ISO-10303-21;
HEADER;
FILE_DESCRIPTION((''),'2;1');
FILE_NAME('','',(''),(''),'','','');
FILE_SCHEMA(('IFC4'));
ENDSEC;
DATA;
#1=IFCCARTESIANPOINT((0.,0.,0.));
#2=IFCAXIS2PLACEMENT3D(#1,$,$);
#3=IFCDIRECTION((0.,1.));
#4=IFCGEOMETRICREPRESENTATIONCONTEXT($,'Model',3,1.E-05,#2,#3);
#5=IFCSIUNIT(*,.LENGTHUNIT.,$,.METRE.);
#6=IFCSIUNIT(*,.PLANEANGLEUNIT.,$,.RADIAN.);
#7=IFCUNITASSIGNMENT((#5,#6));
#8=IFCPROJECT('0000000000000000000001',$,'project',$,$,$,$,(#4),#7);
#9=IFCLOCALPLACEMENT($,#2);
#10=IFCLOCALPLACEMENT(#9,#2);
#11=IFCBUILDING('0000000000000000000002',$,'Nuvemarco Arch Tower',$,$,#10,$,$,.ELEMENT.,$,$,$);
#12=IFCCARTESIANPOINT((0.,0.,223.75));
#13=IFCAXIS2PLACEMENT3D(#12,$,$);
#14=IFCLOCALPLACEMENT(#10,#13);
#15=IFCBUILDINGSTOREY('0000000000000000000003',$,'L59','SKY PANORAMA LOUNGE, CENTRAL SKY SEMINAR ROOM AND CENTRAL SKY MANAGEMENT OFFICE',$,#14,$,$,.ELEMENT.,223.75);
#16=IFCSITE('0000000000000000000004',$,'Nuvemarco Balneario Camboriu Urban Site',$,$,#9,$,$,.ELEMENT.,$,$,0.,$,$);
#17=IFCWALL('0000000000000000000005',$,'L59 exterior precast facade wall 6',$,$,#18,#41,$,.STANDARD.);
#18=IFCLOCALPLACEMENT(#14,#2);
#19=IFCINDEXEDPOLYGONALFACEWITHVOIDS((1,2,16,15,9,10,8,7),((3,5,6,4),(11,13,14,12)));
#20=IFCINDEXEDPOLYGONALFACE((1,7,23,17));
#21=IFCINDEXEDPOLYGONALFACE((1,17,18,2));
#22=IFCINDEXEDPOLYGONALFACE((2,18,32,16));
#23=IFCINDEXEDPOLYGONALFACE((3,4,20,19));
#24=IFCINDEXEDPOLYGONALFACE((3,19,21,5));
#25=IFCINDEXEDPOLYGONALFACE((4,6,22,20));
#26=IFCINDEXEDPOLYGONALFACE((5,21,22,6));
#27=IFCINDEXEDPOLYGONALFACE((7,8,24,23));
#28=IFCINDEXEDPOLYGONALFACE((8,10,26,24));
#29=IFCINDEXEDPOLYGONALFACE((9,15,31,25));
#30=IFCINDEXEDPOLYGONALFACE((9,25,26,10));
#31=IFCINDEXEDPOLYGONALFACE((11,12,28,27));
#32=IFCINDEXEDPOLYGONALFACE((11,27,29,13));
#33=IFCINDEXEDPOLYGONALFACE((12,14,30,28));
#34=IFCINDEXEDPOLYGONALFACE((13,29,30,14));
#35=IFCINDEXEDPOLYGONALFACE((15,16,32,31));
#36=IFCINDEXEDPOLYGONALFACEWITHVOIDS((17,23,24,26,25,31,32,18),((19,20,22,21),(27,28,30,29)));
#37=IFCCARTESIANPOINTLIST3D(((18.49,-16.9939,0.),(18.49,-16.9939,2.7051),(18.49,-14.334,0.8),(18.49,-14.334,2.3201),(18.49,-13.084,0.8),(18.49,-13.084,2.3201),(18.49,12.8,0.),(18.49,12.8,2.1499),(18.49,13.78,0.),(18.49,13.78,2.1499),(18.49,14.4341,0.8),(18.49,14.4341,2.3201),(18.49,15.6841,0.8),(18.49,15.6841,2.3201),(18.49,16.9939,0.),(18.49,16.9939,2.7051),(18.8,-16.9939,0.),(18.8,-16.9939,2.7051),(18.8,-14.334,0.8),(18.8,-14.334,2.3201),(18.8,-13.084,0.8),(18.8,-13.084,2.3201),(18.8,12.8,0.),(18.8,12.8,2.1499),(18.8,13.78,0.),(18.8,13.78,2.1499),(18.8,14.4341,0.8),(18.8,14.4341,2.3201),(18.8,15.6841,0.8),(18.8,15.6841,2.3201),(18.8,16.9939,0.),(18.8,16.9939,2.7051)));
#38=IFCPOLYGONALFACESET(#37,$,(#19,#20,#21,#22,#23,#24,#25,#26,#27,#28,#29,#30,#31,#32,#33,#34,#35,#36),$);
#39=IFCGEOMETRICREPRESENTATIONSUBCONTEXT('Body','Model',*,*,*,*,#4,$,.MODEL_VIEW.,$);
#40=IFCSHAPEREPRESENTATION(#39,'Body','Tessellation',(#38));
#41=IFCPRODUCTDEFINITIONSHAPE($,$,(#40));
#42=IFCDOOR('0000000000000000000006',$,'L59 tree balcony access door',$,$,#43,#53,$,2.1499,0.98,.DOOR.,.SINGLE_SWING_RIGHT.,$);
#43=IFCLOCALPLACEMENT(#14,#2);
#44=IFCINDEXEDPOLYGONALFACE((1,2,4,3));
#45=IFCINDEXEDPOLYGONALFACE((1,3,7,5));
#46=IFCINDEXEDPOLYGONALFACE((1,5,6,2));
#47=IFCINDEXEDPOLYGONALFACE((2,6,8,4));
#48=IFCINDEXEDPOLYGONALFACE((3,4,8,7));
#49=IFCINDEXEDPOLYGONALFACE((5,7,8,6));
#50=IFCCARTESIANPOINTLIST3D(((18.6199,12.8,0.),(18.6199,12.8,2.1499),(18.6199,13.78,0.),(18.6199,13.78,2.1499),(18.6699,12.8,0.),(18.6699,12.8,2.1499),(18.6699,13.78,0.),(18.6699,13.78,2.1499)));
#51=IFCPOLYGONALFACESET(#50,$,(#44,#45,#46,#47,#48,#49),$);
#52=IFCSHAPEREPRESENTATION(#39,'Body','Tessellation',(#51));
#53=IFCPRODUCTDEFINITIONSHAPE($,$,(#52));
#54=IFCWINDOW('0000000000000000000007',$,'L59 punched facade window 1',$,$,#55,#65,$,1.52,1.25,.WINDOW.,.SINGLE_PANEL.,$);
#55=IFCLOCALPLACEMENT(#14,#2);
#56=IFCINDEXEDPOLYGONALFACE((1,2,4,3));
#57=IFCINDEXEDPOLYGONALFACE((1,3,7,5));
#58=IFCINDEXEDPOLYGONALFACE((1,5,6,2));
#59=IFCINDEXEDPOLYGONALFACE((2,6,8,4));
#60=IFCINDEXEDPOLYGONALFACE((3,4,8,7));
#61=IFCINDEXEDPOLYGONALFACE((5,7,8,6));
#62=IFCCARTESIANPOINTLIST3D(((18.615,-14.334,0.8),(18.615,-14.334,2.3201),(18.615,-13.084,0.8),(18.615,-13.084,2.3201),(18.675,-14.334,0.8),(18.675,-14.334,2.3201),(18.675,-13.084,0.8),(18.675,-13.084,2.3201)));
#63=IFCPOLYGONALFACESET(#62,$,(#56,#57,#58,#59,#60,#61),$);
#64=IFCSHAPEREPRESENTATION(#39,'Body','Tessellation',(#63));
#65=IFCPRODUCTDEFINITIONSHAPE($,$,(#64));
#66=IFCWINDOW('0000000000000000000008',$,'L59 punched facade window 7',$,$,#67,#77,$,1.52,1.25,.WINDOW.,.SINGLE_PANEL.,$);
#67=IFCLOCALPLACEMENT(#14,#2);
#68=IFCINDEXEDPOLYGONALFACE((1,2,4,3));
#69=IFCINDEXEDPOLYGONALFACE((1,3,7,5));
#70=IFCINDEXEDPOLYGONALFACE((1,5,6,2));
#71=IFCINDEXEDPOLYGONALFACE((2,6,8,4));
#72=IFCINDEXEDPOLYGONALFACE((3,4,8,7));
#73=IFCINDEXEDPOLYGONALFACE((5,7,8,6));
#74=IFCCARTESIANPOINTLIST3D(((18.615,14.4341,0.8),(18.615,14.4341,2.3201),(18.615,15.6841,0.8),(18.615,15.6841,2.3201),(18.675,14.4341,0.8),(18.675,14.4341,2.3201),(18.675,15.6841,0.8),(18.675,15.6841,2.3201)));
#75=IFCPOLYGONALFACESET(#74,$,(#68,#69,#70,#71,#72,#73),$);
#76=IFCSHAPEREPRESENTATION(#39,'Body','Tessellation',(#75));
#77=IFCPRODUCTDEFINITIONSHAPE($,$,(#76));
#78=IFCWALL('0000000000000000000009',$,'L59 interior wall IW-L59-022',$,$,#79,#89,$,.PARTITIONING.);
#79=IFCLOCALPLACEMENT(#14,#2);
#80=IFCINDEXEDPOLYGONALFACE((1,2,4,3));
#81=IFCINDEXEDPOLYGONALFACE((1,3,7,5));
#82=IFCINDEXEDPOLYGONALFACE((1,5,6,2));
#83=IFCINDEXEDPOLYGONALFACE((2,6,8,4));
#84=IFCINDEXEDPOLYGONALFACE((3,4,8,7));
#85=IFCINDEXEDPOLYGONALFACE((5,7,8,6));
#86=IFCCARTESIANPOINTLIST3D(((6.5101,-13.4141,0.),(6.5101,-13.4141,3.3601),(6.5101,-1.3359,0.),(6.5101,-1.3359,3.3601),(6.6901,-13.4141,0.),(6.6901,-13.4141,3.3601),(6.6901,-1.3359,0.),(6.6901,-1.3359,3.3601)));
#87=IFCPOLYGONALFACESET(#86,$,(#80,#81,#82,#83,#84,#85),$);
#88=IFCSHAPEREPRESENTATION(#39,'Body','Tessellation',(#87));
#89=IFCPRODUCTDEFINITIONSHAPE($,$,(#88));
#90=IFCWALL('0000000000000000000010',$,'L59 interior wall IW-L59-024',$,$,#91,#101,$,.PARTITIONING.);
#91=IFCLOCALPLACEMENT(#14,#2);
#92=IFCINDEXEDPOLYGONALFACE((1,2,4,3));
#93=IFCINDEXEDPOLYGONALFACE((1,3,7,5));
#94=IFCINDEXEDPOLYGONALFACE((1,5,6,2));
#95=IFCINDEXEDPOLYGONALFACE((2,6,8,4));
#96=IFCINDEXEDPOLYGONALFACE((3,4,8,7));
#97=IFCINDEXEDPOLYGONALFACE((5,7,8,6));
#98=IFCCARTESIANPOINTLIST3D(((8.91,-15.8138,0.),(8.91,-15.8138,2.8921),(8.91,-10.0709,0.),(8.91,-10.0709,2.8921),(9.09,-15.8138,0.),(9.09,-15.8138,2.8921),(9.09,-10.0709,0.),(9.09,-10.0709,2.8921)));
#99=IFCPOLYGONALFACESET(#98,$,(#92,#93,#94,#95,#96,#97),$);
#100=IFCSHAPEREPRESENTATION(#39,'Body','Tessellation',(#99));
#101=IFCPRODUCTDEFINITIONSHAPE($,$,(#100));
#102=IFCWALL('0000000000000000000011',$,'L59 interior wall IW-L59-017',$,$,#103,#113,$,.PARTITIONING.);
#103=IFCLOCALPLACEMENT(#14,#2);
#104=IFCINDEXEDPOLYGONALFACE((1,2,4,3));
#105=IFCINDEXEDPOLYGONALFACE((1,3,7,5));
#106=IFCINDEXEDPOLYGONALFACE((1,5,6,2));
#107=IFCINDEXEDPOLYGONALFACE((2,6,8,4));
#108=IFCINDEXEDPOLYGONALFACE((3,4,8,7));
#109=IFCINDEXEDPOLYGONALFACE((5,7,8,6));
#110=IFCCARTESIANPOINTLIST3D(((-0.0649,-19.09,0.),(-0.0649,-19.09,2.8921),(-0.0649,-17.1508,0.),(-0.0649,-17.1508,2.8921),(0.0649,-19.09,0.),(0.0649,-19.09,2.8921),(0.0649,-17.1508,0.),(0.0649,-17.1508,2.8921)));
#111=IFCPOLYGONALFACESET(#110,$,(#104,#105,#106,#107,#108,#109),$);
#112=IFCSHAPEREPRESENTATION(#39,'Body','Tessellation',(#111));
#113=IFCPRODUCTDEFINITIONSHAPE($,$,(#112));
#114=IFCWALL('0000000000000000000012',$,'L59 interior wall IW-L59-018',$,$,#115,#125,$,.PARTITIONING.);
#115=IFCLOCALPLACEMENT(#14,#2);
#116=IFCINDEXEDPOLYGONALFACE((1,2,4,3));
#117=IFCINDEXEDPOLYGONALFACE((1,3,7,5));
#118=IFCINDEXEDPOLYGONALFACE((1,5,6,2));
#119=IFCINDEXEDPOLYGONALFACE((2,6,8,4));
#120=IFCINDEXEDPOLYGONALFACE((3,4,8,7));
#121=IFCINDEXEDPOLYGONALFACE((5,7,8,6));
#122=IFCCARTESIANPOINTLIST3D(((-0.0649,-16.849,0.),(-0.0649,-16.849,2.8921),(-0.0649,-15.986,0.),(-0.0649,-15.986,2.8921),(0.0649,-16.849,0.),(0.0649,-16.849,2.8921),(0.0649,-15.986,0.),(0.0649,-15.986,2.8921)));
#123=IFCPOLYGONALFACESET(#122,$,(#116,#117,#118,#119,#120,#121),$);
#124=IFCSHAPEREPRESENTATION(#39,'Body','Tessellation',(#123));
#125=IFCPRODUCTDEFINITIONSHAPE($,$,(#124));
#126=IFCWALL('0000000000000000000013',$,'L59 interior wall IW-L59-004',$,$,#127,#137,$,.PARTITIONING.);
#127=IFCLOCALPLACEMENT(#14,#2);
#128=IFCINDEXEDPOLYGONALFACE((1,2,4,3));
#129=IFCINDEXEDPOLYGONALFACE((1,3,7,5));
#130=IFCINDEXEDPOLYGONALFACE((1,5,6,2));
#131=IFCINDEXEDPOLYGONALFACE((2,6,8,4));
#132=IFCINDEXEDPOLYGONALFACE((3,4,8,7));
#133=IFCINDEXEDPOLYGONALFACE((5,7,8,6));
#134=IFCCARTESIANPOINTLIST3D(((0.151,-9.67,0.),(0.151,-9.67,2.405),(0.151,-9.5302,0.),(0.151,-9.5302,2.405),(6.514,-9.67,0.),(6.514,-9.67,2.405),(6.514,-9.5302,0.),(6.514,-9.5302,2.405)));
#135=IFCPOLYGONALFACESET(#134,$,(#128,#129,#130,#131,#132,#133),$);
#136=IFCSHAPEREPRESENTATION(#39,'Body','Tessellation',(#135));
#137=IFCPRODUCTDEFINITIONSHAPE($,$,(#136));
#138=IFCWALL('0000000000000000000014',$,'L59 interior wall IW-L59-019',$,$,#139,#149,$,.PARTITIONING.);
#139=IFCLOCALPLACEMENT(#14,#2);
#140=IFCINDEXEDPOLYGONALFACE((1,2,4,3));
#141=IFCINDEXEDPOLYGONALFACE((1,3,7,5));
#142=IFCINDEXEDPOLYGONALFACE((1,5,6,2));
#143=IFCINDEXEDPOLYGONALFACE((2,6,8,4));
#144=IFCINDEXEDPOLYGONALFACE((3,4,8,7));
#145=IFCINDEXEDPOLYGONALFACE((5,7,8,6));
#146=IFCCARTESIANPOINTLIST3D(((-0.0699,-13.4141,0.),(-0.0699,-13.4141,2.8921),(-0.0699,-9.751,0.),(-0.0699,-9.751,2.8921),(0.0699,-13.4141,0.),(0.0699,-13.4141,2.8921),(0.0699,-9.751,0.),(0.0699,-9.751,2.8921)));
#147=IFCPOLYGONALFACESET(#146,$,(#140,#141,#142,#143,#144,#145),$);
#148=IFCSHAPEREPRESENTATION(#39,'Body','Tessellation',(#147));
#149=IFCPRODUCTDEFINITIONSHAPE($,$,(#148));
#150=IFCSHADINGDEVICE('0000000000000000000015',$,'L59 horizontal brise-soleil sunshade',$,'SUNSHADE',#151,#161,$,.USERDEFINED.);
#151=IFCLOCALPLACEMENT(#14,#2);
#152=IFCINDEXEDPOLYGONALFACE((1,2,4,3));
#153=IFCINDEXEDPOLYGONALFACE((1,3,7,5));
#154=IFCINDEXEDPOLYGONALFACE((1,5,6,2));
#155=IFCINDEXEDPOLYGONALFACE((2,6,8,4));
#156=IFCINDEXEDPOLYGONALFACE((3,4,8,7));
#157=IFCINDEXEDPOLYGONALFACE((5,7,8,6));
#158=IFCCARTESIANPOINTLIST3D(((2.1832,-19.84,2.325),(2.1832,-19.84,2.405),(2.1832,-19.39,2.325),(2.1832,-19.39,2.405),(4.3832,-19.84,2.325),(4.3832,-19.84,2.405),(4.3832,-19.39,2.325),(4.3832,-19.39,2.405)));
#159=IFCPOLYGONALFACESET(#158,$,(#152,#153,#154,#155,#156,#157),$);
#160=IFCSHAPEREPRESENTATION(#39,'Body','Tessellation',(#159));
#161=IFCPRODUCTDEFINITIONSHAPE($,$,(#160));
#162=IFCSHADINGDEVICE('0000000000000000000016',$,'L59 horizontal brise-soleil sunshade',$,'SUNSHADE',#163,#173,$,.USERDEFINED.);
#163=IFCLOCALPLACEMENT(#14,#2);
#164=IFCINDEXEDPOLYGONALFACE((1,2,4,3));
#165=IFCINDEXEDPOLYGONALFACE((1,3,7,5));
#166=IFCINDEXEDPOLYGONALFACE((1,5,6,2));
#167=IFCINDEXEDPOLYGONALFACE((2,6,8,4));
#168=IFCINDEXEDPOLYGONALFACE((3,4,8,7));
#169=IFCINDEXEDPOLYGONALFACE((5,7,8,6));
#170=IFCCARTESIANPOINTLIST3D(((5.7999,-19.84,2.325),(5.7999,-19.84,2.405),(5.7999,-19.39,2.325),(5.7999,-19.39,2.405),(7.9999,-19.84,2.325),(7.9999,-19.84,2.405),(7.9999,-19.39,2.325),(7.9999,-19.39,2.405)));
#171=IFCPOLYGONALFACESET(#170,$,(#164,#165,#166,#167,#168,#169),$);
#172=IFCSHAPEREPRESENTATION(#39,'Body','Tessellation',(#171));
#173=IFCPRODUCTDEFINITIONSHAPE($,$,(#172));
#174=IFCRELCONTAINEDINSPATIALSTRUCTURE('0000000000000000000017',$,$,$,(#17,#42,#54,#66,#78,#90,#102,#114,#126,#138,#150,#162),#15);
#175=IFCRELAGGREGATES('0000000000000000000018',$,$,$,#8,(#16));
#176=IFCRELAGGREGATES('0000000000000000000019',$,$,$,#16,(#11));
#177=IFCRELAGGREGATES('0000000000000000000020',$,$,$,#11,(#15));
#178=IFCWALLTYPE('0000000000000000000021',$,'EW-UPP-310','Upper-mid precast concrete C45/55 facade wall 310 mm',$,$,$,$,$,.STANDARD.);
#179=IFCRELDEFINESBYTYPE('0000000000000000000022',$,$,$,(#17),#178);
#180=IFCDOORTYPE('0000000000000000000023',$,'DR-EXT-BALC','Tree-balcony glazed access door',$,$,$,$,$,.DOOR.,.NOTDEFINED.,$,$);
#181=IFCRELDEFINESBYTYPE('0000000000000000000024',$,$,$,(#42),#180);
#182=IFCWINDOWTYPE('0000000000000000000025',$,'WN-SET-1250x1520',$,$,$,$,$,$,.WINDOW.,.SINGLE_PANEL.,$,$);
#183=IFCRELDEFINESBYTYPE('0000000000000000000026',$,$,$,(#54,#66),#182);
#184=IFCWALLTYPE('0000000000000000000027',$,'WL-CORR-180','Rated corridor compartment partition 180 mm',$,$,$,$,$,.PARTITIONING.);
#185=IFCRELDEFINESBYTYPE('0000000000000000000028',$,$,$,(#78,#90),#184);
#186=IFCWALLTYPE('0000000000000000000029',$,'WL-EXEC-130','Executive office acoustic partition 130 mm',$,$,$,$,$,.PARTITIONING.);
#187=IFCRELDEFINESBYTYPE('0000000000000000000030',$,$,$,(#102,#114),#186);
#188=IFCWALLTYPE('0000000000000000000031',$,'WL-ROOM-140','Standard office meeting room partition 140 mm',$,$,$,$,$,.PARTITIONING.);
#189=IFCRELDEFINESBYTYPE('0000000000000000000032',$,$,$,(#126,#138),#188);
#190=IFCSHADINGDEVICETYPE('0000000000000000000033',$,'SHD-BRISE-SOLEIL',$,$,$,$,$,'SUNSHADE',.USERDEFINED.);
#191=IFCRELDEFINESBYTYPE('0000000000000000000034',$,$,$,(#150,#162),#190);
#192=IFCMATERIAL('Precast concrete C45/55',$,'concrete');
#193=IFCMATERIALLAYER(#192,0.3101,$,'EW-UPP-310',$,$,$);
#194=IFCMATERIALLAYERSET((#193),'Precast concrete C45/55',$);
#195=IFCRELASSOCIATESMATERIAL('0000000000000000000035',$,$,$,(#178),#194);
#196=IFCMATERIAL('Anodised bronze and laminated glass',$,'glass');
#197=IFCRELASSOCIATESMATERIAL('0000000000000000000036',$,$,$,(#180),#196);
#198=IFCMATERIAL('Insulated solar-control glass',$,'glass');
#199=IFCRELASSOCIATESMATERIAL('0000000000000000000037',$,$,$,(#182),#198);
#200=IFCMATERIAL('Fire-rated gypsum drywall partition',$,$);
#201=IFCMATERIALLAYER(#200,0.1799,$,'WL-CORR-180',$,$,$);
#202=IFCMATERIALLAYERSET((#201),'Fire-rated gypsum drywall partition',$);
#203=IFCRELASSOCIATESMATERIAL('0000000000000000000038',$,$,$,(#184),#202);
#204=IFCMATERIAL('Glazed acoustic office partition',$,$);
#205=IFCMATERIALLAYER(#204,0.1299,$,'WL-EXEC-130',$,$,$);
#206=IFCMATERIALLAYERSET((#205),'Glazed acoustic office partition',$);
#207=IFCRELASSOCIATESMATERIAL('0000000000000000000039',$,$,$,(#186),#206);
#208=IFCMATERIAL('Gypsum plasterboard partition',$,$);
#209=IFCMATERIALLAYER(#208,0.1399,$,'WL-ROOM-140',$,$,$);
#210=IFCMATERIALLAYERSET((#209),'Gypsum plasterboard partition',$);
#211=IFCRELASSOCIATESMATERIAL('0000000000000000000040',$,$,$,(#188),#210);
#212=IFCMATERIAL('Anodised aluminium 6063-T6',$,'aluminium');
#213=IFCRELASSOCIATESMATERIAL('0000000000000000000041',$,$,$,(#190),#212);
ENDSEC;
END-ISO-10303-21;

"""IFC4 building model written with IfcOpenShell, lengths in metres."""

from ifc_helpers import new_model, si_unit, direction, frame, frame_2d, origin, origin_2d, place, context, subcontext, project, spatial, rectangle, extrude, source, transform, mapped, material, layer, layer_set, type_object, type_shapes, element, fill, save


model = new_model("IFC4")

# Units and contexts
model_context = context("Model", 3, precision=1e-05, world=origin(), true_north=direction((0.0, 1.0)))
body_context = subcontext(model_context, "Body", "Model", "MODEL_VIEW")
ifc_project = project(units=[si_unit("LENGTHUNIT", "METRE"), si_unit("PLANEANGLEUNIT", "RADIAN")], contexts=[model_context])

# Site, building, storey
site_placement = place(None, origin())
site = spatial("IfcSite", under=ifc_project, at=site_placement, Name="Nuvemarco Balneario Camboriu Urban Site", CompositionType="ELEMENT", RefElevation=0.0)
building_placement = place(site_placement, origin())
building = spatial("IfcBuilding", under=site, at=building_placement, Name="Nuvemarco Arch Tower", CompositionType="ELEMENT")
storey_placement = place(building_placement, frame((0.0, 0.0, 223.75)))
storey = spatial("IfcBuildingStorey", under=building, at=storey_placement, Name="L59", Description="SKY PANORAMA LOUNGE, CENTRAL SKY SEMINAR ROOM AND CENTRAL SKY MANAGEMENT OFFICE", CompositionType="ELEMENT", Elevation=223.75)

# Shared definitions
ifc_material_1 = material(Name="Precast concrete C45/55", Category="concrete")

# Shared definitions
ifc_layer_1 = layer(ifc_material_1, 0.3101, Name="EW-UPP-310")
ifc_layer_set_1 = layer_set([ifc_layer_1], Name="Precast concrete C45/55")
wall_type_1 = type_object("IfcWallType", Name="EW-UPP-310", Description="Upper-mid precast concrete C45/55 facade wall 310 mm", PredefinedType="STANDARD", material=ifc_layer_set_1)

# Wall, openings, door, windows
wall_1_placement = place(storey_placement, frame((18.645, -16.9939, 0.0), z_axis=(0.0, 0.0, 1.0), x_axis=(0.0, 1.0, 0.0)))
wall_1 = element("IfcWall", 1, at=wall_1_placement, inside=storey, type_object=wall_type_1, Name="L59 exterior precast facade wall 6", PredefinedType="STANDARD", context=body_context, shape_type="SweptSolid", body=[
    extrude(rectangle(XDim=33.9878, YDim=0.3101, at=frame_2d((16.9939, 0.0))), origin(), (0.0, 0.0, 1.0), 2.7051),
])
opening_1_placement = place(wall_1_placement, frame((30.7739, 0.0, 0.0), z_axis=(0.0, 0.0, 1.0), x_axis=(-1.0, 0.0, 0.0)))
opening_1 = element("IfcOpeningElement", 2, at=opening_1_placement, cuts=wall_1, PredefinedType="OPENING", context=body_context, shape_type="SweptSolid", body=[
    extrude(rectangle(XDim=0.98, YDim=2.1499, at=frame_2d((0.49, 1.075))), frame((0.0, 0.165, 0.0), z_axis=(0.0, -1.0, 0.0), x_axis=(1.0, 0.0, 0.0)), (0.0, 0.0, 1.0), 0.3301),
])
opening_2_placement = place(wall_1_placement, frame((2.6599, 0.0, 0.8)))
opening_2 = element("IfcOpeningElement", 3, at=opening_2_placement, cuts=wall_1, PredefinedType="OPENING", context=body_context, shape_type="SweptSolid", body=[
    extrude(rectangle(XDim=1.25, YDim=1.52, at=frame_2d((0.625, 0.76))), frame((0.0, 0.165, 0.0), z_axis=(0.0, -1.0, 0.0), x_axis=(1.0, 0.0, 0.0)), (0.0, 0.0, 1.0), 0.3301),
])
opening_3_placement = place(wall_1_placement, frame((31.428, 0.0, 0.8)))
opening_3 = element("IfcOpeningElement", 4, at=opening_3_placement, cuts=wall_1, PredefinedType="OPENING", context=body_context, shape_type="SweptSolid", body=[
    extrude(rectangle(XDim=1.25, YDim=1.52, at=frame_2d((0.625, 0.76))), frame((0.0, 0.165, 0.0), z_axis=(0.0, -1.0, 0.0), x_axis=(1.0, 0.0, 0.0)), (0.0, 0.0, 1.0), 0.3301),
])
ifc_material_2 = material(Name="Anodised bronze and laminated glass", Category="glass")
door_type = type_object("IfcDoorType", Name="DR-EXT-BALC", Description="Tree-balcony glazed access door", OperationType="NOTDEFINED", PredefinedType="DOOR", material=ifc_material_2)
shared_shape_1 = source(origin(), body_context, "Body", "SweptSolid", [
    extrude(rectangle(XDim=0.98, YDim=2.1499, at=frame_2d((0.49, 1.075))), frame((0.0, 0.0249, 0.0), z_axis=(0.0, -1.0, 0.0), x_axis=(1.0, 0.0, 0.0)), (0.0, 0.0, 1.0), 0.05),
])
type_shapes(door_type, [shared_shape_1])
door_placement = place(opening_1_placement, origin())
door = element("IfcDoor", 5, at=door_placement, inside=storey, type_object=door_type, Name="L59 tree balcony access door", OperationType="SINGLE_SWING_RIGHT", OverallHeight=2.1499, OverallWidth=0.98, PredefinedType="DOOR", context=body_context, shape_type="MappedRepresentation", body=[
    mapped(shared_shape_1, transform((0.0, 0.0, 0.0), scale=1.0)),
])
fill(opening_1, door)
ifc_material_3 = material(Name="Insulated solar-control glass", Category="glass")
window_type = type_object("IfcWindowType", Name="WN-SET-1250x1520", PartitioningType="SINGLE_PANEL", PredefinedType="WINDOW", material=ifc_material_3)
shared_shape_2 = source(origin(), body_context, "Body", "SweptSolid", [
    extrude(rectangle(XDim=1.25, YDim=1.52, at=frame_2d((0.625, 0.76))), frame((0.0, 0.03, 0.0), z_axis=(0.0, -1.0, 0.0), x_axis=(1.0, 0.0, 0.0)), (0.0, 0.0, 1.0), 0.0601),
])
type_shapes(window_type, [shared_shape_2])
window_1_placement = place(opening_2_placement, origin())
window_1 = element("IfcWindow", 6, at=window_1_placement, inside=storey, type_object=window_type, Name="L59 punched facade window 1", OverallHeight=1.52, OverallWidth=1.25, PartitioningType="SINGLE_PANEL", PredefinedType="WINDOW", context=body_context, shape_type="MappedRepresentation", body=[
    mapped(shared_shape_2, transform((0.0, 0.0, 0.0), scale=1.0)),
])
fill(opening_2, window_1)
window_2_placement = place(opening_3_placement, origin())
window_2 = element("IfcWindow", 7, at=window_2_placement, inside=storey, type_object=window_type, Name="L59 punched facade window 7", OverallHeight=1.52, OverallWidth=1.25, PartitioningType="SINGLE_PANEL", PredefinedType="WINDOW", context=body_context, shape_type="MappedRepresentation", body=[
    mapped(shared_shape_2, transform((0.0, 0.0, 0.0), scale=1.0)),
])
fill(opening_3, window_2)

# Walls
ifc_material_4 = material(Name="Fire-rated gypsum drywall partition")
ifc_layer_2 = layer(ifc_material_4, 0.1799, Name="WL-CORR-180")
ifc_layer_set_2 = layer_set([ifc_layer_2], Name="Fire-rated gypsum drywall partition")
wall_type_2 = type_object("IfcWallType", Name="WL-CORR-180", Description="Rated corridor compartment partition 180 mm", PredefinedType="PARTITIONING", material=ifc_layer_set_2)
wall_2_placement = place(storey_placement, frame((6.6001, -13.4141, 0.0), z_axis=(0.0, 0.0, 1.0), x_axis=(0.0, 1.0, 0.0)))
element("IfcWall", 8, at=wall_2_placement, inside=storey, type_object=wall_type_2, Name="L59 interior wall IW-L59-022", PredefinedType="PARTITIONING", context=body_context, shape_type="SweptSolid", body=[
    extrude(rectangle(XDim=12.0781, YDim=0.1799, at=frame_2d((6.0391, 0.0))), origin(), (0.0, 0.0, 1.0), 3.3601),
])
wall_3_placement = place(storey_placement, frame((9.0, -15.814, 0.0), z_axis=(0.0, 0.0, 1.0), x_axis=(0.0, 1.0, 0.0)))
element("IfcWall", 9, at=wall_3_placement, inside=storey, type_object=wall_type_2, Name="L59 interior wall IW-L59-024", PredefinedType="PARTITIONING", context=body_context, shape_type="SweptSolid", body=[
    extrude(rectangle(XDim=5.7429, YDim=0.1799, at=frame_2d((2.8716, 0.0))), origin(), (0.0, 0.0, 1.0), 2.8921),
])
ifc_material_5 = material(Name="Glazed acoustic office partition")
ifc_layer_3 = layer(ifc_material_5, 0.1299, Name="WL-EXEC-130")
ifc_layer_set_3 = layer_set([ifc_layer_3], Name="Glazed acoustic office partition")
wall_type_3 = type_object("IfcWallType", Name="WL-EXEC-130", Description="Executive office acoustic partition 130 mm", PredefinedType="PARTITIONING", material=ifc_layer_set_3)
wall_4_placement = place(storey_placement, frame((0.0, -19.0901, 0.0), z_axis=(0.0, 0.0, 1.0), x_axis=(0.0, 1.0, 0.0)))
element("IfcWall", 10, at=wall_4_placement, inside=storey, type_object=wall_type_3, Name="L59 interior wall IW-L59-017", PredefinedType="PARTITIONING", context=body_context, shape_type="SweptSolid", body=[
    extrude(rectangle(XDim=1.9392, YDim=0.1299, at=frame_2d((0.9697, 0.0))), origin(), (0.0, 0.0, 1.0), 2.8921),
])
wall_5_placement = place(storey_placement, frame((0.0, -16.8491, 0.0), z_axis=(0.0, 0.0, 1.0), x_axis=(0.0, 1.0, 0.0)))
element("IfcWall", 11, at=wall_5_placement, inside=storey, type_object=wall_type_3, Name="L59 interior wall IW-L59-018", PredefinedType="PARTITIONING", context=body_context, shape_type="SweptSolid", body=[
    extrude(rectangle(XDim=0.863, YDim=0.1299, at=frame_2d((0.4316, 0.0))), origin(), (0.0, 0.0, 1.0), 2.8921),
])
ifc_material_6 = material(Name="Gypsum plasterboard partition")
ifc_layer_4 = layer(ifc_material_6, 0.1399, Name="WL-ROOM-140")
ifc_layer_set_4 = layer_set([ifc_layer_4], Name="Gypsum plasterboard partition")
wall_type_4 = type_object("IfcWallType", Name="WL-ROOM-140", Description="Standard office meeting room partition 140 mm", PredefinedType="PARTITIONING", material=ifc_layer_set_4)
wall_6_placement = place(storey_placement, frame((0.1509, -9.6001, 0.0), z_axis=(0.0, 0.0, 1.0), x_axis=(1.0, 0.0, 0.0)))
element("IfcWall", 12, at=wall_6_placement, inside=storey, type_object=wall_type_4, Name="L59 interior wall IW-L59-004", PredefinedType="PARTITIONING", context=body_context, shape_type="SweptSolid", body=[
    extrude(rectangle(XDim=6.363, YDim=0.1399, at=frame_2d((3.1816, 0.0))), origin(), (0.0, 0.0, 1.0), 2.405),
])
wall_7_placement = place(storey_placement, frame((0.0, -13.4141, 0.0), z_axis=(0.0, 0.0, 1.0), x_axis=(0.0, 1.0, 0.0)))
element("IfcWall", 13, at=wall_7_placement, inside=storey, type_object=wall_type_4, Name="L59 interior wall IW-L59-019", PredefinedType="PARTITIONING", context=body_context, shape_type="SweptSolid", body=[
    extrude(rectangle(XDim=3.6631, YDim=0.1399, at=frame_2d((1.8315, 0.0))), origin(), (0.0, 0.0, 1.0), 2.8921),
])

# Shading devices
ifc_material_7 = material(Name="Anodised aluminium 6063-T6", Category="aluminium")
shading_device_type_1 = type_object("IfcShadingDeviceType", Name="SHD-BRISE-SOLEIL", ElementType="SUNSHADE", PredefinedType="USERDEFINED", material=ifc_material_7)
shared_shape_3 = source(origin(), body_context, "Body", "SweptSolid", [
    extrude(rectangle(XDim=2.2, YDim=0.45, at=origin_2d()), origin(), (0.0, 0.0, 1.0), 0.0801),
])
type_shapes(shading_device_type_1, [shared_shape_3])
for number, where, z_axis, x_axis, name in (
    (14, (3.2832, -19.615, 2.325), (0.0, 0.0, 1.0), (1.0, 0.0, 0.0), "L59 horizontal brise-soleil sunshade"),
    (15, (6.8999, -19.615, 2.325), (0.0, 0.0, 1.0), (1.0, 0.0, 0.0), "L59 horizontal brise-soleil sunshade"),
):
    element("IfcShadingDevice", number, at=place(storey_placement, frame(where, z_axis=z_axis, x_axis=x_axis)), inside=storey, type_object=shading_device_type_1, Name=name, ObjectType="SUNSHADE", PredefinedType="USERDEFINED", context=body_context, shape_type="MappedRepresentation", body=[
        mapped(shared_shape_3, transform((0.0, 0.0, 0.0), scale=1.0)),
    ])

save(model, "model.ifc")
